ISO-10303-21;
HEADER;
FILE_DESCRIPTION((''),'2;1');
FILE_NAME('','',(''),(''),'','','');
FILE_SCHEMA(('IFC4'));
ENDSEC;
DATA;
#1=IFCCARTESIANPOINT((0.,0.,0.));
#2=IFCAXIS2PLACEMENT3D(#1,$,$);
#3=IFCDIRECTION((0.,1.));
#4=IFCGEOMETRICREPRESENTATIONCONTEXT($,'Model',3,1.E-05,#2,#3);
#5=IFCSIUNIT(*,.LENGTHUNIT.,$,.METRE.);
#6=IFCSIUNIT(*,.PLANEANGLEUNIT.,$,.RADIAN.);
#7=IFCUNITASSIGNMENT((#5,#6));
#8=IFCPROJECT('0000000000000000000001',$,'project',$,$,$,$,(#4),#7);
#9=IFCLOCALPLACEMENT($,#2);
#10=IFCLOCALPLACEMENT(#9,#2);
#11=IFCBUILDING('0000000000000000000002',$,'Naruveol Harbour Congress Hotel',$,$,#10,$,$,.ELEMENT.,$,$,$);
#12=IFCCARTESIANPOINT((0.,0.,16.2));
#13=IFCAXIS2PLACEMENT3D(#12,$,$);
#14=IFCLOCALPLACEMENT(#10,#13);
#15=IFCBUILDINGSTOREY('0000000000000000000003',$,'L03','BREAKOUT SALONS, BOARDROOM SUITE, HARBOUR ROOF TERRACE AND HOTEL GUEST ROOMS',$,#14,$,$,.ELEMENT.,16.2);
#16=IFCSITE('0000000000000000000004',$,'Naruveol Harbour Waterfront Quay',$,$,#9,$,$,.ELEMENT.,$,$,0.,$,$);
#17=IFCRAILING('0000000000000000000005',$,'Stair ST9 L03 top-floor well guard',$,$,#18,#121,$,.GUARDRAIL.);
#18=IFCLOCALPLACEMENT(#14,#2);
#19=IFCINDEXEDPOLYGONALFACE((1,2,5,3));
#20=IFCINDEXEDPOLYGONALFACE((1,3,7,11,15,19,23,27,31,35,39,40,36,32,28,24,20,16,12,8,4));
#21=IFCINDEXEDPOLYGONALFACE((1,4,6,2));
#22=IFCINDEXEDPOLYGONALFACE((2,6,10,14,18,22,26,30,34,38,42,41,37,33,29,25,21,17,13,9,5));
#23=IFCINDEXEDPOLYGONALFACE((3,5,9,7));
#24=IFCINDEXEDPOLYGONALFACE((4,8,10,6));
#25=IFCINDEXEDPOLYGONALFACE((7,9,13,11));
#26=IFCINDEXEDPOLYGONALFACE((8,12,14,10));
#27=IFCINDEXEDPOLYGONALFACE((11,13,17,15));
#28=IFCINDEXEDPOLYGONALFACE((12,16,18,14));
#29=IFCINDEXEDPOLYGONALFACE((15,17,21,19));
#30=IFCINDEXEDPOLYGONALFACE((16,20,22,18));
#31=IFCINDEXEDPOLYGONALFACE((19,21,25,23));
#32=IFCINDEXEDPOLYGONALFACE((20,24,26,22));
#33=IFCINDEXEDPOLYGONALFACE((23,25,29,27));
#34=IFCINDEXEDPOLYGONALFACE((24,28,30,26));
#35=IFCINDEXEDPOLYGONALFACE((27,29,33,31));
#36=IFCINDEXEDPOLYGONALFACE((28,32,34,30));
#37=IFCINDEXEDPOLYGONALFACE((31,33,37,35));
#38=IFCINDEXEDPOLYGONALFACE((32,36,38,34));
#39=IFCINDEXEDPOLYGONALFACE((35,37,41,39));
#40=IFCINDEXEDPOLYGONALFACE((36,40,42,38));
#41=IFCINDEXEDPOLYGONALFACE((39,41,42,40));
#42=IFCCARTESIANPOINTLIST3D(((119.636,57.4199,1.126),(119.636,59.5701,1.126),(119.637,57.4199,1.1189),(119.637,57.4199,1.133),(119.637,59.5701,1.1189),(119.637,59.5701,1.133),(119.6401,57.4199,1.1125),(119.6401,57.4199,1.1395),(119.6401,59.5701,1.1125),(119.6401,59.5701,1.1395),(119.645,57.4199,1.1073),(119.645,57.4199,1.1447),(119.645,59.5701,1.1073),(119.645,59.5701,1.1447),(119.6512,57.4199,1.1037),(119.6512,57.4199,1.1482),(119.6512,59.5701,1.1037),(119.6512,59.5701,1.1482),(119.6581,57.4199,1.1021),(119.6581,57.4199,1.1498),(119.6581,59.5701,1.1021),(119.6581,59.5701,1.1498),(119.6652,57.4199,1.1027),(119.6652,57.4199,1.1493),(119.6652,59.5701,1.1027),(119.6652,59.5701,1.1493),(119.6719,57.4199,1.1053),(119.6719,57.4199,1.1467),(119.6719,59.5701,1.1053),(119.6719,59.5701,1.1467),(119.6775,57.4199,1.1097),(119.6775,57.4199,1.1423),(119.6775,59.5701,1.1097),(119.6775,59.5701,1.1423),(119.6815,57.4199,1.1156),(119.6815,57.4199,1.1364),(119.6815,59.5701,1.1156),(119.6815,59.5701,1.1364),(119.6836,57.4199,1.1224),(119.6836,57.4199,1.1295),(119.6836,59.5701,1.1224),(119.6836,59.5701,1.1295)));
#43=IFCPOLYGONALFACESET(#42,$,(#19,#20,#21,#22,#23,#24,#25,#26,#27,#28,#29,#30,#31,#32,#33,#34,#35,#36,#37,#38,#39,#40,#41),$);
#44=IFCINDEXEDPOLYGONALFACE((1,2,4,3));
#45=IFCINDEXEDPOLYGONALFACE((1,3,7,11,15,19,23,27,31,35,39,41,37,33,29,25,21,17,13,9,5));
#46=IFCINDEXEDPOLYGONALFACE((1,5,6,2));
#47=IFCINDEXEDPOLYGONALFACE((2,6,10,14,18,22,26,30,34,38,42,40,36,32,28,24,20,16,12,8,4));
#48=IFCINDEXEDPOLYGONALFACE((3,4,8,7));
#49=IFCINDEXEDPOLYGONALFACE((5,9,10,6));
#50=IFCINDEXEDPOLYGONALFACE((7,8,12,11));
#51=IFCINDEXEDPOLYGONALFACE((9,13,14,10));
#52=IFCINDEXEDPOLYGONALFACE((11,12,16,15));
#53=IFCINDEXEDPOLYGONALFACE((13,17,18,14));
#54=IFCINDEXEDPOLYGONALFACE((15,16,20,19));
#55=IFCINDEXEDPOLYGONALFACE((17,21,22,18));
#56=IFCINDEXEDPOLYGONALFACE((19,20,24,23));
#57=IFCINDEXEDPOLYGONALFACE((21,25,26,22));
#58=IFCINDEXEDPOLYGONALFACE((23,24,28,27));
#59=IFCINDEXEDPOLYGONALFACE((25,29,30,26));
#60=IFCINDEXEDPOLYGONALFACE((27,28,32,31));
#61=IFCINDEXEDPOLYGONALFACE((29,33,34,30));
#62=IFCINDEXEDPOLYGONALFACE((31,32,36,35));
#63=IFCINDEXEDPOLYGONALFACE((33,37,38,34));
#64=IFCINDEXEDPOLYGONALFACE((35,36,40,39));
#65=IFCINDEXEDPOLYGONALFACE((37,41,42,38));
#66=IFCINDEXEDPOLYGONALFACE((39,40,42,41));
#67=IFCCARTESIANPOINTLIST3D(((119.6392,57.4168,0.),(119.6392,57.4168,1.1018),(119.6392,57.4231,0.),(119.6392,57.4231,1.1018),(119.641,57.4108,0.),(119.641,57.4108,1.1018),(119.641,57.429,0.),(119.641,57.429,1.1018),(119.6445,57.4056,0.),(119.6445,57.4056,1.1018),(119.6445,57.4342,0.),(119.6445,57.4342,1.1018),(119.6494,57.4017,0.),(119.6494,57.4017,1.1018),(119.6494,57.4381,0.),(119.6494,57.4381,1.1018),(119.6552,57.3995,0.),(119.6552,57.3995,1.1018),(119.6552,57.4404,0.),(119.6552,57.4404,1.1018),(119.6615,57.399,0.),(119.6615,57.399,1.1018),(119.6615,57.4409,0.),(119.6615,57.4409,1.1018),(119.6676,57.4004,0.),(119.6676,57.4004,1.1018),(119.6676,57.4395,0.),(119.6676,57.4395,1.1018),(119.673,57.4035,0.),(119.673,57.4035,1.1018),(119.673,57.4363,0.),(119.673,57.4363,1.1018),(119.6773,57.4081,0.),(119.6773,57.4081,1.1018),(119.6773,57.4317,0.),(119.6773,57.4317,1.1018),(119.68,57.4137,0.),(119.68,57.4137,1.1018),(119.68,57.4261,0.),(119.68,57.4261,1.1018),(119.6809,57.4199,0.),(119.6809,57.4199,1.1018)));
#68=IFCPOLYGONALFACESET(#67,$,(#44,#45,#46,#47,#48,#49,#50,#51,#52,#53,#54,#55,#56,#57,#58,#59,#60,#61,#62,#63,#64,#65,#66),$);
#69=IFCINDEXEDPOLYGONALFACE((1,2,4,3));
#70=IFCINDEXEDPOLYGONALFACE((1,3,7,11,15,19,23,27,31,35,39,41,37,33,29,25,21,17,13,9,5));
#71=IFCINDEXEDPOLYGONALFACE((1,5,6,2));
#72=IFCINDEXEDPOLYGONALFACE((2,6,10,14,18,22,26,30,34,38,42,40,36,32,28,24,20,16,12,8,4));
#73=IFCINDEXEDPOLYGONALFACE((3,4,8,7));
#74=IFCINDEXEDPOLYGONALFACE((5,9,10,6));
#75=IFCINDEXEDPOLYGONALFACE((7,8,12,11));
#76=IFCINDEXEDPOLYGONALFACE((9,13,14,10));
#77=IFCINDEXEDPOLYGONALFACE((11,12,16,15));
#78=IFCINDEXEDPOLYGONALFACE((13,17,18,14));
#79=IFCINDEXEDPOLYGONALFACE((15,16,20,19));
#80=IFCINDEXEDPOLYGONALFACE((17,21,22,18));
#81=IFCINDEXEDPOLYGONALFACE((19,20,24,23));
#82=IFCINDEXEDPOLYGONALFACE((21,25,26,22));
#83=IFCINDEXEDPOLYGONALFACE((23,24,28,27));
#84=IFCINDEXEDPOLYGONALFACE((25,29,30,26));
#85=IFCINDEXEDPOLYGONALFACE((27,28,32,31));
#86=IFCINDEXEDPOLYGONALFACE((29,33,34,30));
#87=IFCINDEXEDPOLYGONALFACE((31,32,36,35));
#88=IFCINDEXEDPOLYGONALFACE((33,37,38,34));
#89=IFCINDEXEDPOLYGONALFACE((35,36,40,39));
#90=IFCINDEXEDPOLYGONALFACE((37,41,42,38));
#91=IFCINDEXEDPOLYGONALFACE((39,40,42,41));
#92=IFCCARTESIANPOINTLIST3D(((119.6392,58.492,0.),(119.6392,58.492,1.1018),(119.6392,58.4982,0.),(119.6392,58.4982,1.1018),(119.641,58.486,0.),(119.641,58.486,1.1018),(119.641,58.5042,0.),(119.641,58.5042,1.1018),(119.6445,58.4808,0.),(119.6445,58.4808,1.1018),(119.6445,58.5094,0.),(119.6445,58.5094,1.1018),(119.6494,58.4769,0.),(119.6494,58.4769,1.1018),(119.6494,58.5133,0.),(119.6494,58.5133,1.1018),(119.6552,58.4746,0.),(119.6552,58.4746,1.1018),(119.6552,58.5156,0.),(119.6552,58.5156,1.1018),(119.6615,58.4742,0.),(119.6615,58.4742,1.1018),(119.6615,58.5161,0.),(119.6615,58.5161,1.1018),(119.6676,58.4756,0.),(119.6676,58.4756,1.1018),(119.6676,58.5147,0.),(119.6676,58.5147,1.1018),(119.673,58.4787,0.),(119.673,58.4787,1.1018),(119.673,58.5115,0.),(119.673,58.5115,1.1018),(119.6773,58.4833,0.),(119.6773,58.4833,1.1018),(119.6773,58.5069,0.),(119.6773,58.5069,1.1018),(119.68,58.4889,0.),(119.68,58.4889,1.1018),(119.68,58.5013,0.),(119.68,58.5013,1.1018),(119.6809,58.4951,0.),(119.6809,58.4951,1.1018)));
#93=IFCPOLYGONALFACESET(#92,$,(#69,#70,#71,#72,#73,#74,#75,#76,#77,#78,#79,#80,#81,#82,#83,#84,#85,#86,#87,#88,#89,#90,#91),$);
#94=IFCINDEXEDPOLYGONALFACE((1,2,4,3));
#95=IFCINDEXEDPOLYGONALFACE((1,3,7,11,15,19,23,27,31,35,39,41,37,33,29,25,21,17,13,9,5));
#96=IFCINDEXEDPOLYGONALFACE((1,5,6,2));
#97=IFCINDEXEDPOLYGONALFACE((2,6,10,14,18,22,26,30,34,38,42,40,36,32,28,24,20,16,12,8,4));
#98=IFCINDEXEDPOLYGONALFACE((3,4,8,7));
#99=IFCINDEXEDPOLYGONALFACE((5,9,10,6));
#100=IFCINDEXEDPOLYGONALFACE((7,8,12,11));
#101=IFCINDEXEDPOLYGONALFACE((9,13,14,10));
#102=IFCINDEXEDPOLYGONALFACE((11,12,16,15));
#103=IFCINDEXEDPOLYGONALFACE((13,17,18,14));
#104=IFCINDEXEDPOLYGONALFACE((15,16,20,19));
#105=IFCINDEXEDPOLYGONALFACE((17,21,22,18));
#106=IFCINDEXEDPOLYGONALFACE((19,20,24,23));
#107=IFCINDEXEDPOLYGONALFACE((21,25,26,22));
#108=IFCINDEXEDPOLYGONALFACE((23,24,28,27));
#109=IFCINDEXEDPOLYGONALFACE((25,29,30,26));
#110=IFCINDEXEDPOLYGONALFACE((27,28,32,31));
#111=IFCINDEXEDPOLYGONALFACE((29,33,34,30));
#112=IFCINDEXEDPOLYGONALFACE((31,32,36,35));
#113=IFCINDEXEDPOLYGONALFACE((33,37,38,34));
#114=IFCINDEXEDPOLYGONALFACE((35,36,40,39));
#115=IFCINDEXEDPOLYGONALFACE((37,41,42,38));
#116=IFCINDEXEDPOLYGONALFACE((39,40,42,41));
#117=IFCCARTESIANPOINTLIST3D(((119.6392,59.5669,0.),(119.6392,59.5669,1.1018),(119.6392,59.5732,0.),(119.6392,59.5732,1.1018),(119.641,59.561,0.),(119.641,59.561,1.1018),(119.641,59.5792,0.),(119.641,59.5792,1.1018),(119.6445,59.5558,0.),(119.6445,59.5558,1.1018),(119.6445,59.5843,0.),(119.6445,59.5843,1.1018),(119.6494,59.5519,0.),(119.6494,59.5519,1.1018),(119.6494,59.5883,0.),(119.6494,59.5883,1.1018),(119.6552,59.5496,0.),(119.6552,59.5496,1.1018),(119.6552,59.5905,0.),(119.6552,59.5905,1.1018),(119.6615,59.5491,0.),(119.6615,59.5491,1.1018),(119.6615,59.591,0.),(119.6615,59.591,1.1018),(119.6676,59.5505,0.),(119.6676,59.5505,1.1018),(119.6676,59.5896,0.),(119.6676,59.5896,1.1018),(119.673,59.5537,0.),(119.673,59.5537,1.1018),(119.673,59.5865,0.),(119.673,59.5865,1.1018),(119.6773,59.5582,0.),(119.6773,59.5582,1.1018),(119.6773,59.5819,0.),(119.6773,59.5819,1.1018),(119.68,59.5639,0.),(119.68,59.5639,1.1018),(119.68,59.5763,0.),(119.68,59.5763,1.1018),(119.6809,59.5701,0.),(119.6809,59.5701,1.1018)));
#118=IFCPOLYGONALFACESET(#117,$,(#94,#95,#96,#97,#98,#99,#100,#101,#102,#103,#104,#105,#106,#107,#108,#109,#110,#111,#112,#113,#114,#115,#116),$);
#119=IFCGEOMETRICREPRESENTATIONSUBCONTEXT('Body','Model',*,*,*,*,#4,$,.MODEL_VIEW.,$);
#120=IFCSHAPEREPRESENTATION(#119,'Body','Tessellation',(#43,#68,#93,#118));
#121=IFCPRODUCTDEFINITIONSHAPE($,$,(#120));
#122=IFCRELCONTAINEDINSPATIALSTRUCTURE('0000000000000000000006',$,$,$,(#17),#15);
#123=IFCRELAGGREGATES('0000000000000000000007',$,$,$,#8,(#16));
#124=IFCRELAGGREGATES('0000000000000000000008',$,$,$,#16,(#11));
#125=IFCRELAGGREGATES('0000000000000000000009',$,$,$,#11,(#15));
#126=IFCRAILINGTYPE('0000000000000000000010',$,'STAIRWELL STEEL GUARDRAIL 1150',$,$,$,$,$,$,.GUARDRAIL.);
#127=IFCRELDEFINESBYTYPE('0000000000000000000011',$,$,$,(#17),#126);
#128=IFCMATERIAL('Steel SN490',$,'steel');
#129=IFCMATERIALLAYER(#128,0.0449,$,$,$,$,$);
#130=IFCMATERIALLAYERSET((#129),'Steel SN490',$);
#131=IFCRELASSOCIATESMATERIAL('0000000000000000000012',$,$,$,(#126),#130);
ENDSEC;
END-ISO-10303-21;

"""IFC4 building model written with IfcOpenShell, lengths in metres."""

from ifc_helpers import new_model, si_unit, direction, frame, origin, origin_2d, place, context, subcontext, project, spatial, circle, extrude, material, layer, layer_set, type_object, element, save


model = new_model("IFC4")

# Units and contexts
model_context = context("Model", 3, precision=1e-05, world=origin(), true_north=direction((0.0, 1.0)))
body_context = subcontext(model_context, "Body", "Model", "MODEL_VIEW")
ifc_project = project(units=[si_unit("LENGTHUNIT", "METRE"), si_unit("PLANEANGLEUNIT", "RADIAN")], contexts=[model_context])

# Site, building, storey
site_placement = place(None, origin())
site = spatial("IfcSite", under=ifc_project, at=site_placement, Name="Naruveol Harbour Waterfront Quay", CompositionType="ELEMENT", RefElevation=0.0)
building_placement = place(site_placement, origin())
building = spatial("IfcBuilding", under=site, at=building_placement, Name="Naruveol Harbour Congress Hotel", CompositionType="ELEMENT")
storey_placement = place(building_placement, frame((0.0, 0.0, 16.2)))
storey = spatial("IfcBuildingStorey", under=building, at=storey_placement, Name="L03", Description="BREAKOUT SALONS, BOARDROOM SUITE, HARBOUR ROOF TERRACE AND HOTEL GUEST ROOMS", CompositionType="ELEMENT", Elevation=16.2)

# Railing
ifc_material_1 = material(Name="Steel SN490", Category="steel")
ifc_layer_1 = layer(ifc_material_1, 0.0449)
ifc_layer_set_1 = layer_set([ifc_layer_1], Name="Steel SN490")
railing_type = type_object("IfcRailingType", Name="STAIRWELL STEEL GUARDRAIL 1150", PredefinedType="GUARDRAIL", material=ifc_layer_set_1)
railing_placement = place(storey_placement, frame((119.6599, 57.4199, 0.0)))
element("IfcRailing", 1, at=railing_placement, inside=storey, type_object=railing_type, Name="Stair ST9 L03 top-floor well guard", PredefinedType="GUARDRAIL", context=body_context, shape_type="SweptSolid", body=[
    extrude(circle(Radius=0.0239, at=origin_2d()), frame((0.0, 0.0, 1.126), z_axis=(0.0, 1.0, 0.0), x_axis=(-1.0, 0.0, 0.0)), (0.0, 0.0, 1.0), 2.1501),
    extrude(circle(Radius=0.021, at=origin_2d()), origin(), (0.0, 0.0, 1.0), 1.1018),
    extrude(circle(Radius=0.021, at=origin_2d()), frame((0.0, 1.0752, 0.0)), (0.0, 0.0, 1.0), 1.1018),
    extrude(circle(Radius=0.021, at=origin_2d()), frame((0.0, 2.1501, 0.0)), (0.0, 0.0, 1.0), 1.1018),
])

save(model, "model.ifc")
